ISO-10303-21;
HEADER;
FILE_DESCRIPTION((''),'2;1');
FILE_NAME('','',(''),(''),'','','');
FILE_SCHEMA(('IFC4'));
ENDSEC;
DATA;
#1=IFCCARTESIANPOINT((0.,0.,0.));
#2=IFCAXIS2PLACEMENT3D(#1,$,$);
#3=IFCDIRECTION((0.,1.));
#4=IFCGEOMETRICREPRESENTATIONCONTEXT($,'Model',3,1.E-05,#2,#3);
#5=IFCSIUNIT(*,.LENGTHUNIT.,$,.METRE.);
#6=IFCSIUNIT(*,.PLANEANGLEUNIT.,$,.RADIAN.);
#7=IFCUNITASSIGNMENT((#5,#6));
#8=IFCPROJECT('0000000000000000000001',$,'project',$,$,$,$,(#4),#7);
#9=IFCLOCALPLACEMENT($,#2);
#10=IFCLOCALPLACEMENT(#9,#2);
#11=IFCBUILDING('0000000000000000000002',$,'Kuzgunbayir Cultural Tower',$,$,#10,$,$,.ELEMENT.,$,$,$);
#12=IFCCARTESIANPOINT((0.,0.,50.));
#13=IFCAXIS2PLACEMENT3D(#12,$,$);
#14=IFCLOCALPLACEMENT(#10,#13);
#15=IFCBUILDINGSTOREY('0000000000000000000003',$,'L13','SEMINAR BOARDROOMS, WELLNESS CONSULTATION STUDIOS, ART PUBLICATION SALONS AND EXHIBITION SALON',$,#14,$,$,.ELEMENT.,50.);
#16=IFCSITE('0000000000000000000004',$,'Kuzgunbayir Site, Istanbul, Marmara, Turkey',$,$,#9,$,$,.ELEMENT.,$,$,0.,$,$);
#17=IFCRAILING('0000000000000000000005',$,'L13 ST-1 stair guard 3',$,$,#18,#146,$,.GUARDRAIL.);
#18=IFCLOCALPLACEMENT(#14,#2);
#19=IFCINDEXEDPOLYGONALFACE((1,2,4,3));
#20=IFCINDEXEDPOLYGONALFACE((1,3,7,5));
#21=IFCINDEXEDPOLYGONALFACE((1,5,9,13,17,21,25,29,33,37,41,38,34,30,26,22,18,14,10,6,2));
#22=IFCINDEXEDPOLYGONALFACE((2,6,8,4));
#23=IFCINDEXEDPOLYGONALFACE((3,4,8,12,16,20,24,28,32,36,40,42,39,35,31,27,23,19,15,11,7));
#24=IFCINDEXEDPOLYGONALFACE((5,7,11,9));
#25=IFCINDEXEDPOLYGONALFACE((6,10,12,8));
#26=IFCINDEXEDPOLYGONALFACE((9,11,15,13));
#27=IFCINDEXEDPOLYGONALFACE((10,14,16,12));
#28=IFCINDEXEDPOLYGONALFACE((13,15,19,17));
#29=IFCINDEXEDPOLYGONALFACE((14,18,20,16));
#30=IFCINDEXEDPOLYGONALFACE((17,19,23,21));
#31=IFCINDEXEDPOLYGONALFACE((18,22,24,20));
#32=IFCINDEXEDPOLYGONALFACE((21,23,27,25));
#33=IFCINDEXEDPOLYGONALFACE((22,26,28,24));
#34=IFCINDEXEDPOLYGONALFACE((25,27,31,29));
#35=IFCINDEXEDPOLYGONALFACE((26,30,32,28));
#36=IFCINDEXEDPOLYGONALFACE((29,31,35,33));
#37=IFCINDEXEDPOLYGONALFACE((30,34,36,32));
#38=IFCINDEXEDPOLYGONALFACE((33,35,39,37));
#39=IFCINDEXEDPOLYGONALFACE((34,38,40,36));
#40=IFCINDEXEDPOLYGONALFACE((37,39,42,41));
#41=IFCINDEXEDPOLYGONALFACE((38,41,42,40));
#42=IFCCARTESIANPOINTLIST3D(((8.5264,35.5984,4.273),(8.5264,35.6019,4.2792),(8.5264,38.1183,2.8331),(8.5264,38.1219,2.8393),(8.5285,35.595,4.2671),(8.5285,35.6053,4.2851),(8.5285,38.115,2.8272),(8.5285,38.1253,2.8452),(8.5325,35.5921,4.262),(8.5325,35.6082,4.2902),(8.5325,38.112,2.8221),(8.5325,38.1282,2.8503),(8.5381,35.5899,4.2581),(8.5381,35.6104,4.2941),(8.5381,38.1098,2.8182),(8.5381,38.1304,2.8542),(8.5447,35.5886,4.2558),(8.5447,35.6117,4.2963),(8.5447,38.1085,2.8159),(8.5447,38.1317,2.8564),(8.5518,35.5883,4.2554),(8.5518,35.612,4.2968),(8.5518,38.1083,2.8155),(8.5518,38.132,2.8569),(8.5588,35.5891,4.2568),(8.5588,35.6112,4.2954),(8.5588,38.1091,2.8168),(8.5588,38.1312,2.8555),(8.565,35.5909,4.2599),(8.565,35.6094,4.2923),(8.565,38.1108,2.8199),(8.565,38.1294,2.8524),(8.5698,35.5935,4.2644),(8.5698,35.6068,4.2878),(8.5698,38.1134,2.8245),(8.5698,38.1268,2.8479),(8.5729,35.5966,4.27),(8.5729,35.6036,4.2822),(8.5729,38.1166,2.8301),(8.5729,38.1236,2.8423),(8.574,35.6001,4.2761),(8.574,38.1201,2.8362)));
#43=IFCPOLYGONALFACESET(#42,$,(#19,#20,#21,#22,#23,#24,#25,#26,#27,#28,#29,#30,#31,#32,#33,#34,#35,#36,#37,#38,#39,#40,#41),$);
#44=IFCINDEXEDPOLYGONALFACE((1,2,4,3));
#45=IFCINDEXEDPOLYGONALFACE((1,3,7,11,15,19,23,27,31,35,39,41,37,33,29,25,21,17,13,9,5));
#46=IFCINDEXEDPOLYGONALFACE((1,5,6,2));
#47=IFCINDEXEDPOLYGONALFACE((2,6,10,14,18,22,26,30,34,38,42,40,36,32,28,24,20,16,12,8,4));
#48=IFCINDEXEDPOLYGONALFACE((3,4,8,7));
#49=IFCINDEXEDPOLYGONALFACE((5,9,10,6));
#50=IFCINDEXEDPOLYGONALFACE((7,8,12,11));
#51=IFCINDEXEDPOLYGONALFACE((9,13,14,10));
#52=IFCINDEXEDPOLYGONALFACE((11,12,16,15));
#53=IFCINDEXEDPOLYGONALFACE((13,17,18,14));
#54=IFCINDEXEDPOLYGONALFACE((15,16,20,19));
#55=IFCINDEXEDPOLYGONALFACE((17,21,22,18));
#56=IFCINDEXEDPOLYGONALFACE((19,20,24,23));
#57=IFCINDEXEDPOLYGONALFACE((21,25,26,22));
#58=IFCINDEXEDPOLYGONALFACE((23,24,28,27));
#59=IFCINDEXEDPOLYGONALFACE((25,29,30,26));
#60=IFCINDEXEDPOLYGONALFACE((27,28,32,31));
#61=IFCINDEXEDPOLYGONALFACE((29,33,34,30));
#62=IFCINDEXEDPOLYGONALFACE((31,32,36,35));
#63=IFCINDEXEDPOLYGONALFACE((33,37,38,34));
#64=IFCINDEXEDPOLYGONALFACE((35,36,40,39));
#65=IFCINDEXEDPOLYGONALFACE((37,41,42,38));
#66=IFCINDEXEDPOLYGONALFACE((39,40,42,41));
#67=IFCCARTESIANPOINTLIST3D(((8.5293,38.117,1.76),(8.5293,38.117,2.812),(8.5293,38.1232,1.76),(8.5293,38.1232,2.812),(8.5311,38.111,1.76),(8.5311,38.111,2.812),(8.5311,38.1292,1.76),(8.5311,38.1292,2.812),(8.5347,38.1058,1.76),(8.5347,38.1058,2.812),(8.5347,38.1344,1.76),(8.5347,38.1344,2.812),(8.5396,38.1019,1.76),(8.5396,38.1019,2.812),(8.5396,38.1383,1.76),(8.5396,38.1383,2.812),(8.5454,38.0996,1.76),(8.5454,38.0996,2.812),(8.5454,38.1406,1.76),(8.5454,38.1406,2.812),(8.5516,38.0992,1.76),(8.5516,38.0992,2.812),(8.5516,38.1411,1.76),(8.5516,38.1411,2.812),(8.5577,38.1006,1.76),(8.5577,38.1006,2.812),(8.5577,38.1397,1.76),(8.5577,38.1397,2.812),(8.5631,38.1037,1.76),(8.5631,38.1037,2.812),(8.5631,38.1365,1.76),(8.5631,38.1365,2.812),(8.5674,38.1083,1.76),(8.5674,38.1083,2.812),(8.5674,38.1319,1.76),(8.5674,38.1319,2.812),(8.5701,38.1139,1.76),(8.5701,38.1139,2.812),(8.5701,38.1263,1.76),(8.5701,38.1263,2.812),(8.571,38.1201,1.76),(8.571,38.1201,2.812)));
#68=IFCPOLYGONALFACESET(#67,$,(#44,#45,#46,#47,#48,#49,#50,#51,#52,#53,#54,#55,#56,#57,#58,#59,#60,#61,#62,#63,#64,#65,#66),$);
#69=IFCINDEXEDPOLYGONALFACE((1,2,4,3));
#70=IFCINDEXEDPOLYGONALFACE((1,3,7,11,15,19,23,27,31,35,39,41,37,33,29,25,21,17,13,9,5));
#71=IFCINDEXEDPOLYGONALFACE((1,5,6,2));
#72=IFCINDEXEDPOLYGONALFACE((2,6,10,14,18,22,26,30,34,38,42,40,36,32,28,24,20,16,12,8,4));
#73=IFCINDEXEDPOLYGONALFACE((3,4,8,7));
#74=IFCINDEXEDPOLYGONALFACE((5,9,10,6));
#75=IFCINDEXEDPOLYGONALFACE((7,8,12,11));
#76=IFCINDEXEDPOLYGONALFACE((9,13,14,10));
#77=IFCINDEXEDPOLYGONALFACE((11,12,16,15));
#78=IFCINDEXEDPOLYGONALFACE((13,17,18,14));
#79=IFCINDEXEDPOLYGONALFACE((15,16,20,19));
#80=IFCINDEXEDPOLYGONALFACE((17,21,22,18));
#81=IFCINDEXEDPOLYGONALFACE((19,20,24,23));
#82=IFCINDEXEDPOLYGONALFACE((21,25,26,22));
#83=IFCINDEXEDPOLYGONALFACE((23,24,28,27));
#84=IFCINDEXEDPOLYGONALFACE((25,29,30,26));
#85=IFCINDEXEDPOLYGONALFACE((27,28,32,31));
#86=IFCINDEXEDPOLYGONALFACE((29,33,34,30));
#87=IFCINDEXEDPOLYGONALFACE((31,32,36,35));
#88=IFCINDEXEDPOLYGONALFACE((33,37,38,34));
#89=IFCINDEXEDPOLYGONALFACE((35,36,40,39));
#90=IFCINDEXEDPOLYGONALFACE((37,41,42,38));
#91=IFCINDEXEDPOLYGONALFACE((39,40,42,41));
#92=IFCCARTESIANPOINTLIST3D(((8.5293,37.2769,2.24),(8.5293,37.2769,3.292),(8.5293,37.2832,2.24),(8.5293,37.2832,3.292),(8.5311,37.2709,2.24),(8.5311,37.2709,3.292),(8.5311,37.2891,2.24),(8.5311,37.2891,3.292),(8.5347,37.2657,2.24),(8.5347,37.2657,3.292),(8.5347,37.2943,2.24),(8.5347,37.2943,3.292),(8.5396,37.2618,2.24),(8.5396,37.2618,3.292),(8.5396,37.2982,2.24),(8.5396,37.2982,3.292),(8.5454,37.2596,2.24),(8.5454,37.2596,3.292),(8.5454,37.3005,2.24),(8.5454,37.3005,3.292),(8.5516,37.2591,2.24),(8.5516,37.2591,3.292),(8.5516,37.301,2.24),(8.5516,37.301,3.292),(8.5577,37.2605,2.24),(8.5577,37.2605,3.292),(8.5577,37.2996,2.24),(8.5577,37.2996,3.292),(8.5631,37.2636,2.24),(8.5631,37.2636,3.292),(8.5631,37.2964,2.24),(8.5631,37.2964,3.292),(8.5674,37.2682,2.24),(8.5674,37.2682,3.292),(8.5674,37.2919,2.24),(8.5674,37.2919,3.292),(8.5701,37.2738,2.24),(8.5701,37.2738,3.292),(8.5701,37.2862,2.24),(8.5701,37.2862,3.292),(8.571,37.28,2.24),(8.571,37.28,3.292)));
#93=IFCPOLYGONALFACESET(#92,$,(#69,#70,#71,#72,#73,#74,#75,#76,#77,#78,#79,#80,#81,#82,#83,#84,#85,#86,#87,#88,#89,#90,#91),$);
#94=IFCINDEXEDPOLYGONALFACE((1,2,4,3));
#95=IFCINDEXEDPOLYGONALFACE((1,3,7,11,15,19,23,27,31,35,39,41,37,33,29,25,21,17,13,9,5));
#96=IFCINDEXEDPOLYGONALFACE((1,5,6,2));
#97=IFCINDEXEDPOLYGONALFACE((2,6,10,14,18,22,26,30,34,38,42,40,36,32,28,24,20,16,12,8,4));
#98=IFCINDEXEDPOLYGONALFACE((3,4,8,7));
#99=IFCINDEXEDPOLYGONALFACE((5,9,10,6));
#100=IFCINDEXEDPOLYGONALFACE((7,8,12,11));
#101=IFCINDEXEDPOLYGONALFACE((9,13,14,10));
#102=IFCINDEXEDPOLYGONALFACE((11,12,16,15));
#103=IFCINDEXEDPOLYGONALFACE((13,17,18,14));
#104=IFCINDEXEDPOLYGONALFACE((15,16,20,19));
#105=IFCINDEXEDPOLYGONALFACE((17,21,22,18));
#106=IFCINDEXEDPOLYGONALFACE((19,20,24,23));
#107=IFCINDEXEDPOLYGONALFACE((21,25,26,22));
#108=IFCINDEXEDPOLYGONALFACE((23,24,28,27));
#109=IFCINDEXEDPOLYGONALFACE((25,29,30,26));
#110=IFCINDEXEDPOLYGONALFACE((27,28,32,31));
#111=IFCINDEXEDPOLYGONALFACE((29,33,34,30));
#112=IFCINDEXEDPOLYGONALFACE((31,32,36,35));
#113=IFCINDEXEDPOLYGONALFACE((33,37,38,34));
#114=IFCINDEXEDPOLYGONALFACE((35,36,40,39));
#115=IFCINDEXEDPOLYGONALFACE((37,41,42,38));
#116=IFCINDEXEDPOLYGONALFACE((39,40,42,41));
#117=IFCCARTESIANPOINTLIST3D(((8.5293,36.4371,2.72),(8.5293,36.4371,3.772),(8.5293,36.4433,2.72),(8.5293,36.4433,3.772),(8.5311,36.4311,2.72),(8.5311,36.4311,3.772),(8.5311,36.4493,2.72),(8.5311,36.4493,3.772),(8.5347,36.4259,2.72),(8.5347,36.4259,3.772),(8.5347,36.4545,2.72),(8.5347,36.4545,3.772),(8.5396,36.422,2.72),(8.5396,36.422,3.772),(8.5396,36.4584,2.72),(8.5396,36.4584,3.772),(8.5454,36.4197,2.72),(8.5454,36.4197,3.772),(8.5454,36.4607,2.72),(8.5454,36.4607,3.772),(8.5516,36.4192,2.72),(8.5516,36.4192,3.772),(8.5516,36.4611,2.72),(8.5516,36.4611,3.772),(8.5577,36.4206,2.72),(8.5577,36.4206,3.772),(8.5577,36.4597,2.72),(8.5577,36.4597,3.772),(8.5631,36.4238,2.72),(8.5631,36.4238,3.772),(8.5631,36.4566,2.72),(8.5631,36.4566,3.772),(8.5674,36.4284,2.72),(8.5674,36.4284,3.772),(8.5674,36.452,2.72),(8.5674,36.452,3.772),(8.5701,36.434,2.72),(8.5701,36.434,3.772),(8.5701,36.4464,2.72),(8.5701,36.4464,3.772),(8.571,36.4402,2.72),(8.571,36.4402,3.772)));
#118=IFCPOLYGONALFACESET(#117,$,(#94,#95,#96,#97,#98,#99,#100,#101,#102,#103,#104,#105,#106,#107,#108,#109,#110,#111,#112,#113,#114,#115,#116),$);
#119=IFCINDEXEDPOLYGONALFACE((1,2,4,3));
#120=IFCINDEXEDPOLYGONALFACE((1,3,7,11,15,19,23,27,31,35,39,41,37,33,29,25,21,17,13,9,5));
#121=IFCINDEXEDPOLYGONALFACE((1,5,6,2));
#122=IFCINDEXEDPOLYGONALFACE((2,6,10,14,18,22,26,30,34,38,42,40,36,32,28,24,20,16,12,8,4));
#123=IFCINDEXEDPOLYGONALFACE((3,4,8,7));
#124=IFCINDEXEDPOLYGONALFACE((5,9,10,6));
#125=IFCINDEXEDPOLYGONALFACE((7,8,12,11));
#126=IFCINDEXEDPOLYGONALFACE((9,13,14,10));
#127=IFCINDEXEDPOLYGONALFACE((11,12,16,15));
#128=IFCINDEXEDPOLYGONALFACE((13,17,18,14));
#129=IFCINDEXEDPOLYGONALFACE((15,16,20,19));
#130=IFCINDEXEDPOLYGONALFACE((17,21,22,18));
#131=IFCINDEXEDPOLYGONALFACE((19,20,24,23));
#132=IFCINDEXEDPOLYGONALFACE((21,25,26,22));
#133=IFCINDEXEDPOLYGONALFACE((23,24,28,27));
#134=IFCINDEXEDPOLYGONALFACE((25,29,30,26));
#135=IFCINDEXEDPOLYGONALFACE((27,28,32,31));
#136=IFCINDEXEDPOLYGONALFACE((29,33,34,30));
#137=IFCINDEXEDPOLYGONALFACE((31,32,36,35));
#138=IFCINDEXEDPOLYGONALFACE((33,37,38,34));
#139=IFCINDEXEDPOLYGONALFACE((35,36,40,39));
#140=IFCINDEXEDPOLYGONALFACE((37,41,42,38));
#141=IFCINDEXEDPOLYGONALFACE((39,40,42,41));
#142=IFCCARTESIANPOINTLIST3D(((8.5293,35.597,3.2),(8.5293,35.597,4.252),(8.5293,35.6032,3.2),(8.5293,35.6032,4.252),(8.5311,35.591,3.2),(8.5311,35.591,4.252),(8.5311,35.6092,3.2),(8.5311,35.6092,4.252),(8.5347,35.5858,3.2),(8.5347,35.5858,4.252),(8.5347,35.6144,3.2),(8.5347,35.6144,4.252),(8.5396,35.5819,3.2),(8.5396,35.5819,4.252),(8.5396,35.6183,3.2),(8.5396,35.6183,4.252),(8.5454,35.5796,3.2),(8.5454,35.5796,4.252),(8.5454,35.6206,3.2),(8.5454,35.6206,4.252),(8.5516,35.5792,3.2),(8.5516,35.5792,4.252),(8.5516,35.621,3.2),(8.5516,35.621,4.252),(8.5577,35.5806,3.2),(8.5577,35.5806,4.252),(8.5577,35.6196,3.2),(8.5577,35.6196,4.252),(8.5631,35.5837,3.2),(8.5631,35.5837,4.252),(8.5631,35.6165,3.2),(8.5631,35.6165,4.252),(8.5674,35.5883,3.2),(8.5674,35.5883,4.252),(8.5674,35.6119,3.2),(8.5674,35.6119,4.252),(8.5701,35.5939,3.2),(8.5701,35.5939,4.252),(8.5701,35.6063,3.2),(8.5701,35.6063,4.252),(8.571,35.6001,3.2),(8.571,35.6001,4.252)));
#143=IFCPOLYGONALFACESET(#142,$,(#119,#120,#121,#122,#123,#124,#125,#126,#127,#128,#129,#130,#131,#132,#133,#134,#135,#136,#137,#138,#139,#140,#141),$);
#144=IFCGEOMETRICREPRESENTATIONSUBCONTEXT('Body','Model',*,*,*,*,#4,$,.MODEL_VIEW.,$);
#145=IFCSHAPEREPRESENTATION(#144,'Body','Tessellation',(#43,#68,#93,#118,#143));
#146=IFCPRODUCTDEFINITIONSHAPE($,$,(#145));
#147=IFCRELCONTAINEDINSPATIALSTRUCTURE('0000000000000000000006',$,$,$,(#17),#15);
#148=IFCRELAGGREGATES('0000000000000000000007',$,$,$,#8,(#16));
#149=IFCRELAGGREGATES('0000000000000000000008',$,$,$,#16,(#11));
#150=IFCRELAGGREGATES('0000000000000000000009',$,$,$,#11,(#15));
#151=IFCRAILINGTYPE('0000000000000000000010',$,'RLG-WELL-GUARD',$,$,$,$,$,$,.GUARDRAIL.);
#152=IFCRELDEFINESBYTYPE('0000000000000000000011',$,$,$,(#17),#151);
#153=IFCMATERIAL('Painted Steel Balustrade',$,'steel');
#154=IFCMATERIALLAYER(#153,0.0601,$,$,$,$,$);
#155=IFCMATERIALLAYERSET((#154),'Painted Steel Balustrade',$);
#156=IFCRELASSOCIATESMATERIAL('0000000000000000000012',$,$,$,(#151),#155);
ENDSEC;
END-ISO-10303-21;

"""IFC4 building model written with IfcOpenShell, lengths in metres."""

from ifc_helpers import new_model, si_unit, direction, frame, origin, origin_2d, place, context, subcontext, project, spatial, circle, extrude, material, layer, layer_set, type_object, element, save


model = new_model("IFC4")

# Units and contexts
model_context = context("Model", 3, precision=1e-05, world=origin(), true_north=direction((0.0, 1.0)))
body_context = subcontext(model_context, "Body", "Model", "MODEL_VIEW")
ifc_project = project(units=[si_unit("LENGTHUNIT", "METRE"), si_unit("PLANEANGLEUNIT", "RADIAN")], contexts=[model_context])

# Site, building, storey
site_placement = place(None, origin())
site = spatial("IfcSite", under=ifc_project, at=site_placement, Name="Kuzgunbayir Site, Istanbul, Marmara, Turkey", CompositionType="ELEMENT", RefElevation=0.0)
building_placement = place(site_placement, origin())
building = spatial("IfcBuilding", under=site, at=building_placement, Name="Kuzgunbayir Cultural Tower", CompositionType="ELEMENT")
storey_placement = place(building_placement, frame((0.0, 0.0, 50.0)))
storey = spatial("IfcBuildingStorey", under=building, at=storey_placement, Name="L13", Description="SEMINAR BOARDROOMS, WELLNESS CONSULTATION STUDIOS, ART PUBLICATION SALONS AND EXHIBITION SALON", CompositionType="ELEMENT", Elevation=50.0)

# Railing
ifc_material_1 = material(Name="Painted Steel Balustrade", Category="steel")
ifc_layer_1 = layer(ifc_material_1, 0.0601)
ifc_layer_set_1 = layer_set([ifc_layer_1], Name="Painted Steel Balustrade")
railing_type_1 = type_object("IfcRailingType", Name="RLG-WELL-GUARD", PredefinedType="GUARDRAIL", material=ifc_layer_set_1)
railing_1_placement = place(storey_placement, frame((8.55, 38.1201, 1.76)))
element("IfcRailing", 1, at=railing_1_placement, inside=storey, type_object=railing_type_1, Name="L13 ST-1 stair guard 3", PredefinedType="GUARDRAIL", context=body_context, shape_type="SweptSolid", body=[
    extrude(circle(Radius=0.0239, at=origin_2d()), frame((0.0, 0.0, 1.0762), z_axis=(0.0, -0.868253, 0.496121), x_axis=(1.0, 0.0, 0.0)), (0.0, 0.0, 1.0), 2.9023),
    extrude(circle(Radius=0.021, at=origin_2d()), origin(), (0.0, 0.0, 1.0), 1.052),
    extrude(circle(Radius=0.021, at=origin_2d()), frame((0.0, -0.8401, 0.48)), (0.0, 0.0, 1.0), 1.052),
    extrude(circle(Radius=0.021, at=origin_2d()), frame((0.0, -1.6799, 0.96)), (0.0, 0.0, 1.0), 1.052),
    extrude(circle(Radius=0.021, at=origin_2d()), frame((0.0, -2.52, 1.4399)), (0.0, 0.0, 1.0), 1.052),
])

save(model, "model.ifc")
